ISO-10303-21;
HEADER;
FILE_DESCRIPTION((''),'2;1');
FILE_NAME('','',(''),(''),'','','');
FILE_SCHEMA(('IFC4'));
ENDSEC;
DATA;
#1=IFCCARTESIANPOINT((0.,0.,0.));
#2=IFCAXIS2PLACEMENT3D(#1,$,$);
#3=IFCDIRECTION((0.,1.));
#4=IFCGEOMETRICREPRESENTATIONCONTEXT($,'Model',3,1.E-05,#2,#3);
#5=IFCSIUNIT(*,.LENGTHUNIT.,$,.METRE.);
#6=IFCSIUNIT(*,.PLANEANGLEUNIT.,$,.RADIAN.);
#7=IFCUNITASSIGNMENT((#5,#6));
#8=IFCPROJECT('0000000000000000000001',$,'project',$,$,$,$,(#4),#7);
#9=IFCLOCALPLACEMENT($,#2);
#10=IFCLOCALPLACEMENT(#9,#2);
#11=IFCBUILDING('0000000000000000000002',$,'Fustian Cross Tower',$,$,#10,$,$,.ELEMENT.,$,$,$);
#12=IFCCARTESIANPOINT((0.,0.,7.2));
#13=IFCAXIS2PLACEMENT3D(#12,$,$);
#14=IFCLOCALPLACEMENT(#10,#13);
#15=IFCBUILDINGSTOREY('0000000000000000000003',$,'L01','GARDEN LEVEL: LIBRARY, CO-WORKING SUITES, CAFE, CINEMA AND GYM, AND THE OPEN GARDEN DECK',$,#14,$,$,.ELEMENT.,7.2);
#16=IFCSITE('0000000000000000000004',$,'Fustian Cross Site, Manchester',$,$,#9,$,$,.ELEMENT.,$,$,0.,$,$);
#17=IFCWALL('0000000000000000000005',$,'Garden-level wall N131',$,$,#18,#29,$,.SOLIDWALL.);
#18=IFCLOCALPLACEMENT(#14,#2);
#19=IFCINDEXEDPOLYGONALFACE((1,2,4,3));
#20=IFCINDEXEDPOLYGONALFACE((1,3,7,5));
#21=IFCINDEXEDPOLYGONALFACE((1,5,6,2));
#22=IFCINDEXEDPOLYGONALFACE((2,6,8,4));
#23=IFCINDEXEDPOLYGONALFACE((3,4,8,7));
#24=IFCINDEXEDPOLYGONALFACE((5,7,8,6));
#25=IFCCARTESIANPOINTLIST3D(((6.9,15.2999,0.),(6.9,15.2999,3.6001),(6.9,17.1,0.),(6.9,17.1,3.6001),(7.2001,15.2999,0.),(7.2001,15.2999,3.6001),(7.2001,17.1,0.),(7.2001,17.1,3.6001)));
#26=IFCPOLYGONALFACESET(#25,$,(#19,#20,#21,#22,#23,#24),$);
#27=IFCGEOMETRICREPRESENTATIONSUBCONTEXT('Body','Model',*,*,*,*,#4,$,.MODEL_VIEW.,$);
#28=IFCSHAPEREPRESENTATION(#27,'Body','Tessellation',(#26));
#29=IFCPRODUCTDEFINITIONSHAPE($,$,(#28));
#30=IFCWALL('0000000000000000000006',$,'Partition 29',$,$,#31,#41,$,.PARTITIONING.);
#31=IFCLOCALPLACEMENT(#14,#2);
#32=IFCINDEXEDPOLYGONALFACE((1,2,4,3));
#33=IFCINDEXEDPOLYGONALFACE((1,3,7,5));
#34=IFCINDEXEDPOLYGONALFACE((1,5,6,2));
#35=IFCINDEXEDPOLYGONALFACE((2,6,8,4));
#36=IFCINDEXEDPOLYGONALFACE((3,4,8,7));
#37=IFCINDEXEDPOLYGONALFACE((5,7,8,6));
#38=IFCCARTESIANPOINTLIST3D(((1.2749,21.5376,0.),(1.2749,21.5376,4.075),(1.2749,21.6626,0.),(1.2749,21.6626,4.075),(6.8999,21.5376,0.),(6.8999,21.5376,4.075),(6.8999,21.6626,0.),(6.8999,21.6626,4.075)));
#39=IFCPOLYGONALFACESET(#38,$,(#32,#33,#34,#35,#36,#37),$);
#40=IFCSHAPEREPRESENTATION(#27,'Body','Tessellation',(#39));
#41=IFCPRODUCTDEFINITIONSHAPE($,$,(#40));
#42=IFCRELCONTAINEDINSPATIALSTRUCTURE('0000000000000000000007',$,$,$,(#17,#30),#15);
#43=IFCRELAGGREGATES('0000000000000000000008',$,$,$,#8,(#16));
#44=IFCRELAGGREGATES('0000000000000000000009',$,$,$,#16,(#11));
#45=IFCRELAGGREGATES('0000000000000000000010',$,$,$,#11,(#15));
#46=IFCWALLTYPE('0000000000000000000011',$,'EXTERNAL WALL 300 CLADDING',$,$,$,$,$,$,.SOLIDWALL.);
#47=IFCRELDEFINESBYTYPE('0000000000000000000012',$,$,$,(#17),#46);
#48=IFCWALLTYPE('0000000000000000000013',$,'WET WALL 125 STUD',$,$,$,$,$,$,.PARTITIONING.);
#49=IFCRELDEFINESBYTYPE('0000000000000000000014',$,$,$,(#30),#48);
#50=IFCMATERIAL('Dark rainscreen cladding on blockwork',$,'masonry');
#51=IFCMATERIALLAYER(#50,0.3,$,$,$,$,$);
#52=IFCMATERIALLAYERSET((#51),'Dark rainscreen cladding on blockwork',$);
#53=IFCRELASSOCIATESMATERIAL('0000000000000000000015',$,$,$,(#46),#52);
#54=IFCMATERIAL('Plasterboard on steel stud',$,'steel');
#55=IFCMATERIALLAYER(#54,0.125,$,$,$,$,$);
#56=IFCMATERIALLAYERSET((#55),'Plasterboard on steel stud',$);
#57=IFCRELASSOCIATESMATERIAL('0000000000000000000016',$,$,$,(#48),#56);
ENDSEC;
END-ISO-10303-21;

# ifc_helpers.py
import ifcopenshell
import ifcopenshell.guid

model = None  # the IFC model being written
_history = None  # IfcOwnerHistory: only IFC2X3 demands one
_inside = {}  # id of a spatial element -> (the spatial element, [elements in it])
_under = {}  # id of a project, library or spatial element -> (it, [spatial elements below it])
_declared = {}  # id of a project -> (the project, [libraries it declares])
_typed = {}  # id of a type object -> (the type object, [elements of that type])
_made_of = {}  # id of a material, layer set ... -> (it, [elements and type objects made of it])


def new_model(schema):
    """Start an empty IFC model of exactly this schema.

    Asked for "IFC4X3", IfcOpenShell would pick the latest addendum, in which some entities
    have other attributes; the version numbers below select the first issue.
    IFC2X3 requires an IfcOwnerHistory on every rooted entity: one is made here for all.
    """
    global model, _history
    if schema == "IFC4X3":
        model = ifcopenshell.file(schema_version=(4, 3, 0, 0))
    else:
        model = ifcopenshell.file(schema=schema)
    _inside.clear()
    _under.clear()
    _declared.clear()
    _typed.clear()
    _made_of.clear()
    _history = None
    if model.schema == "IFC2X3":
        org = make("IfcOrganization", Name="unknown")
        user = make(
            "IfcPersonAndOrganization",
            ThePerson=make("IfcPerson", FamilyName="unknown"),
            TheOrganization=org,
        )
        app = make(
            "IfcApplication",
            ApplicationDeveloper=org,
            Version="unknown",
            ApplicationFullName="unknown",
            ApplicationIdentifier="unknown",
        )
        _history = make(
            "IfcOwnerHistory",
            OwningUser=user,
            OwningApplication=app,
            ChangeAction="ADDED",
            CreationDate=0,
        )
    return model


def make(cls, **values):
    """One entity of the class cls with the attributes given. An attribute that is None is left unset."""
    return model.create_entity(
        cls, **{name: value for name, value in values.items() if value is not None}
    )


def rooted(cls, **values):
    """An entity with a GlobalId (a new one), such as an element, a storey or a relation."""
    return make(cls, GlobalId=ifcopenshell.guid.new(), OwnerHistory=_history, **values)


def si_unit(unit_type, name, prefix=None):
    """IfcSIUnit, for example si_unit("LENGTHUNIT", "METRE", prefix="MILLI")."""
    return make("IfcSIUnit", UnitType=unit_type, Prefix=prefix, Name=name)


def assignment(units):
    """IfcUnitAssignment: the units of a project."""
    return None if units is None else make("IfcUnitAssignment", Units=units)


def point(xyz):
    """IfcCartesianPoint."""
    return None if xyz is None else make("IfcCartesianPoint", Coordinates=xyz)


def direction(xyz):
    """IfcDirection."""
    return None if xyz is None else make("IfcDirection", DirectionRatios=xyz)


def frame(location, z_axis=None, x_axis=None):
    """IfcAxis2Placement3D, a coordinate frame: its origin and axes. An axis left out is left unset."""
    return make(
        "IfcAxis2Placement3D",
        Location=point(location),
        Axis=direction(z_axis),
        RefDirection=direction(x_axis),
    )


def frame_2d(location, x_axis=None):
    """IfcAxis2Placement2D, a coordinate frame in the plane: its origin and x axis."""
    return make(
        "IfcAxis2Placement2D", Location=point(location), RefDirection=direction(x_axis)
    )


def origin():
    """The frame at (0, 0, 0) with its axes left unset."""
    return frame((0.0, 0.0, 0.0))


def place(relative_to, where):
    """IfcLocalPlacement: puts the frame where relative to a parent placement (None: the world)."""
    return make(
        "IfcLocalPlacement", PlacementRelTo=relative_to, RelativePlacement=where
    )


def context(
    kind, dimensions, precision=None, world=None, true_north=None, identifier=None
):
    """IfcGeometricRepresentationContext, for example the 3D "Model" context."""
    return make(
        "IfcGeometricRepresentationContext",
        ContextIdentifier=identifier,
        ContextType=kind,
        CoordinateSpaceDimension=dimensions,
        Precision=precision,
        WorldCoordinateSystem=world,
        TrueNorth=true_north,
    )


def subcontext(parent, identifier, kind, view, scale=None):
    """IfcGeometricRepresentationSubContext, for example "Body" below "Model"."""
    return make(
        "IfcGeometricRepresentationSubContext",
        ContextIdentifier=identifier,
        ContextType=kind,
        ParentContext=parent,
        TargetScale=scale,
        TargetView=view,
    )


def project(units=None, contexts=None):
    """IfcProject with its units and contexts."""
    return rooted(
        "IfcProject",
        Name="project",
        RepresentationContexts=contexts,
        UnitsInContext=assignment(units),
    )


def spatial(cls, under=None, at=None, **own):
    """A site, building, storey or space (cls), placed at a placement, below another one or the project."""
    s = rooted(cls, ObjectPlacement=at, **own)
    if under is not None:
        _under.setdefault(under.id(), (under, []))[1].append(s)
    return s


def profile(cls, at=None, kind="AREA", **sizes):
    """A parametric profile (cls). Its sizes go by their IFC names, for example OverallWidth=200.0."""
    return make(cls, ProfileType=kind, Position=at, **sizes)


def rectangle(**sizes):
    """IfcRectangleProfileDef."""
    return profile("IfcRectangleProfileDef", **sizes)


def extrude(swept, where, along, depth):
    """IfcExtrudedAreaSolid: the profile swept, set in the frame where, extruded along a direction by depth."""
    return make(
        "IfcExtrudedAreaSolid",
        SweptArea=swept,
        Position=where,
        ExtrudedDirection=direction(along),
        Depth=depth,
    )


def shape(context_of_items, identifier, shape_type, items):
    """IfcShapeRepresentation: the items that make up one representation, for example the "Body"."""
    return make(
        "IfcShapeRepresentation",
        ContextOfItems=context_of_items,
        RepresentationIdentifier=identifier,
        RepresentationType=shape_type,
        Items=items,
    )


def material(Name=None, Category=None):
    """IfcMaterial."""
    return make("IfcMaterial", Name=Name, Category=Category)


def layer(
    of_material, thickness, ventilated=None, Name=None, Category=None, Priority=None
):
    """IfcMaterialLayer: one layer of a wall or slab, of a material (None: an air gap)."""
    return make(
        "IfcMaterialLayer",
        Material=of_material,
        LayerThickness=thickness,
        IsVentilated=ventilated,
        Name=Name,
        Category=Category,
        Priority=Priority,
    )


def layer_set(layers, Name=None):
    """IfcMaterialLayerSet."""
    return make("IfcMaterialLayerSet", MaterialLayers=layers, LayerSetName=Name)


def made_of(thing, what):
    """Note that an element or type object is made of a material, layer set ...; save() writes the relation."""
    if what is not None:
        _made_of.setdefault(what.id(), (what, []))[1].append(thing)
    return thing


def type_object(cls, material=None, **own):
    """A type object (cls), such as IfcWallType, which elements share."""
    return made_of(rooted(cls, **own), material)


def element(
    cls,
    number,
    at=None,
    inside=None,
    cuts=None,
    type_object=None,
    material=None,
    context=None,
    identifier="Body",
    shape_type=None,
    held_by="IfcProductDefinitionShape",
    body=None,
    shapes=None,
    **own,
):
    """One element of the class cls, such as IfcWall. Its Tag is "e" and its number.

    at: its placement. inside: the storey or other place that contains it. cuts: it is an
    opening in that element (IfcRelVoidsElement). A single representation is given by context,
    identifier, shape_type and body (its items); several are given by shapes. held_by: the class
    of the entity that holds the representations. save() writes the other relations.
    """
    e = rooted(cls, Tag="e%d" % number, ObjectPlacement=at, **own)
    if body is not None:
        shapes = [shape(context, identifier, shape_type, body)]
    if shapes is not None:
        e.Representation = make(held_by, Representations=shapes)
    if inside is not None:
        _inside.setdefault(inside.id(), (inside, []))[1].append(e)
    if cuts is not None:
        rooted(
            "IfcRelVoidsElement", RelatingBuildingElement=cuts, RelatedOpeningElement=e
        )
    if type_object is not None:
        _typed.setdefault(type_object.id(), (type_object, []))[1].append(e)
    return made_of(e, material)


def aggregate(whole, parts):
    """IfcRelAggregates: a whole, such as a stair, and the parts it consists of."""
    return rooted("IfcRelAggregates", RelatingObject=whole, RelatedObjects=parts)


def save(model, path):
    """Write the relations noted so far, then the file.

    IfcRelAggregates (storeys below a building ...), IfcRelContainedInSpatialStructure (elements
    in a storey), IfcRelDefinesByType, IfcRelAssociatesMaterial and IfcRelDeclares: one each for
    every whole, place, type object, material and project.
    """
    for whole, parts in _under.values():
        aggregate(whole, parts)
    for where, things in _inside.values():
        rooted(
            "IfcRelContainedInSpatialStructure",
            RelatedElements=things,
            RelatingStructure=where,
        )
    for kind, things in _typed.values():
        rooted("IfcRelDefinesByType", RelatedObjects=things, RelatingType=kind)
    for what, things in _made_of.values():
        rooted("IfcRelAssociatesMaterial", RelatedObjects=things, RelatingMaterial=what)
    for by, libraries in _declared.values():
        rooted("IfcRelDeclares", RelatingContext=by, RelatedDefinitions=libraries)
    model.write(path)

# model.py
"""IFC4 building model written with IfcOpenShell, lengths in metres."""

from ifc_helpers import new_model, si_unit, direction, frame, frame_2d, origin, place, context, subcontext, project, spatial, rectangle, extrude, material, layer, layer_set, type_object, element, save


model = new_model("IFC4")

# Units and contexts
model_context = context("Model", 3, precision=1e-05, world=origin(), true_north=direction((0.0, 1.0)))
body_context = subcontext(model_context, "Body", "Model", "MODEL_VIEW")
ifc_project = project(units=[si_unit("LENGTHUNIT", "METRE"), si_unit("PLANEANGLEUNIT", "RADIAN")], contexts=[model_context])

# Site, building, storey
site_placement = place(None, origin())
site = spatial("IfcSite", under=ifc_project, at=site_placement, Name="Fustian Cross Site, Manchester", CompositionType="ELEMENT", RefElevation=0.0)
building_placement = place(site_placement, origin())
building = spatial("IfcBuilding", under=site, at=building_placement, Name="Fustian Cross Tower", CompositionType="ELEMENT")
storey_placement = place(building_placement, frame((0.0, 0.0, 7.2)))
storey = spatial("IfcBuildingStorey", under=building, at=storey_placement, Name="L01", Description="GARDEN LEVEL: LIBRARY, CO-WORKING SUITES, CAFE, CINEMA AND GYM, AND THE OPEN GARDEN DECK", CompositionType="ELEMENT", Elevation=7.2)

# Walls
ifc_material_1 = material(Name="Dark rainscreen cladding on blockwork", Category="masonry")
ifc_layer_1 = layer(ifc_material_1, 0.3)
ifc_layer_set_1 = layer_set([ifc_layer_1], Name="Dark rainscreen cladding on blockwork")
wall_type_1 = type_object("IfcWallType", Name="EXTERNAL WALL 300 CLADDING", PredefinedType="SOLIDWALL", material=ifc_layer_set_1)
wall_1_placement = place(storey_placement, frame((7.05, 15.3, 0.0), z_axis=(0.0, 0.0, 1.0), x_axis=(0.0, 1.0, 0.0)))
element("IfcWall", 1, at=wall_1_placement, inside=storey, type_object=wall_type_1, Name="Garden-level wall N131", PredefinedType="SOLIDWALL", context=body_context, shape_type="SweptSolid", body=[
    extrude(rectangle(XDim=1.8, YDim=0.3, at=frame_2d((0.8999, 0.0))), origin(), (0.0, 0.0, 1.0), 3.6001),
])
ifc_material_2 = material(Name="Plasterboard on steel stud", Category="steel")
ifc_layer_2 = layer(ifc_material_2, 0.125)
ifc_layer_set_2 = layer_set([ifc_layer_2], Name="Plasterboard on steel stud")
wall_type_2 = type_object("IfcWallType", Name="WET WALL 125 STUD", PredefinedType="PARTITIONING", material=ifc_layer_set_2)
wall_2_placement = place(storey_placement, frame((1.2749, 21.6001, 0.0), z_axis=(0.0, 0.0, 1.0), x_axis=(1.0, 0.0, 0.0)))
element("IfcWall", 2, at=wall_2_placement, inside=storey, type_object=wall_type_2, Name="Partition 29", PredefinedType="PARTITIONING", context=body_context, shape_type="SweptSolid", body=[
    extrude(rectangle(XDim=5.625, YDim=0.125, at=frame_2d((2.8125, 0.0))), origin(), (0.0, 0.0, 1.0), 4.075),
])

save(model, "model.ifc")
